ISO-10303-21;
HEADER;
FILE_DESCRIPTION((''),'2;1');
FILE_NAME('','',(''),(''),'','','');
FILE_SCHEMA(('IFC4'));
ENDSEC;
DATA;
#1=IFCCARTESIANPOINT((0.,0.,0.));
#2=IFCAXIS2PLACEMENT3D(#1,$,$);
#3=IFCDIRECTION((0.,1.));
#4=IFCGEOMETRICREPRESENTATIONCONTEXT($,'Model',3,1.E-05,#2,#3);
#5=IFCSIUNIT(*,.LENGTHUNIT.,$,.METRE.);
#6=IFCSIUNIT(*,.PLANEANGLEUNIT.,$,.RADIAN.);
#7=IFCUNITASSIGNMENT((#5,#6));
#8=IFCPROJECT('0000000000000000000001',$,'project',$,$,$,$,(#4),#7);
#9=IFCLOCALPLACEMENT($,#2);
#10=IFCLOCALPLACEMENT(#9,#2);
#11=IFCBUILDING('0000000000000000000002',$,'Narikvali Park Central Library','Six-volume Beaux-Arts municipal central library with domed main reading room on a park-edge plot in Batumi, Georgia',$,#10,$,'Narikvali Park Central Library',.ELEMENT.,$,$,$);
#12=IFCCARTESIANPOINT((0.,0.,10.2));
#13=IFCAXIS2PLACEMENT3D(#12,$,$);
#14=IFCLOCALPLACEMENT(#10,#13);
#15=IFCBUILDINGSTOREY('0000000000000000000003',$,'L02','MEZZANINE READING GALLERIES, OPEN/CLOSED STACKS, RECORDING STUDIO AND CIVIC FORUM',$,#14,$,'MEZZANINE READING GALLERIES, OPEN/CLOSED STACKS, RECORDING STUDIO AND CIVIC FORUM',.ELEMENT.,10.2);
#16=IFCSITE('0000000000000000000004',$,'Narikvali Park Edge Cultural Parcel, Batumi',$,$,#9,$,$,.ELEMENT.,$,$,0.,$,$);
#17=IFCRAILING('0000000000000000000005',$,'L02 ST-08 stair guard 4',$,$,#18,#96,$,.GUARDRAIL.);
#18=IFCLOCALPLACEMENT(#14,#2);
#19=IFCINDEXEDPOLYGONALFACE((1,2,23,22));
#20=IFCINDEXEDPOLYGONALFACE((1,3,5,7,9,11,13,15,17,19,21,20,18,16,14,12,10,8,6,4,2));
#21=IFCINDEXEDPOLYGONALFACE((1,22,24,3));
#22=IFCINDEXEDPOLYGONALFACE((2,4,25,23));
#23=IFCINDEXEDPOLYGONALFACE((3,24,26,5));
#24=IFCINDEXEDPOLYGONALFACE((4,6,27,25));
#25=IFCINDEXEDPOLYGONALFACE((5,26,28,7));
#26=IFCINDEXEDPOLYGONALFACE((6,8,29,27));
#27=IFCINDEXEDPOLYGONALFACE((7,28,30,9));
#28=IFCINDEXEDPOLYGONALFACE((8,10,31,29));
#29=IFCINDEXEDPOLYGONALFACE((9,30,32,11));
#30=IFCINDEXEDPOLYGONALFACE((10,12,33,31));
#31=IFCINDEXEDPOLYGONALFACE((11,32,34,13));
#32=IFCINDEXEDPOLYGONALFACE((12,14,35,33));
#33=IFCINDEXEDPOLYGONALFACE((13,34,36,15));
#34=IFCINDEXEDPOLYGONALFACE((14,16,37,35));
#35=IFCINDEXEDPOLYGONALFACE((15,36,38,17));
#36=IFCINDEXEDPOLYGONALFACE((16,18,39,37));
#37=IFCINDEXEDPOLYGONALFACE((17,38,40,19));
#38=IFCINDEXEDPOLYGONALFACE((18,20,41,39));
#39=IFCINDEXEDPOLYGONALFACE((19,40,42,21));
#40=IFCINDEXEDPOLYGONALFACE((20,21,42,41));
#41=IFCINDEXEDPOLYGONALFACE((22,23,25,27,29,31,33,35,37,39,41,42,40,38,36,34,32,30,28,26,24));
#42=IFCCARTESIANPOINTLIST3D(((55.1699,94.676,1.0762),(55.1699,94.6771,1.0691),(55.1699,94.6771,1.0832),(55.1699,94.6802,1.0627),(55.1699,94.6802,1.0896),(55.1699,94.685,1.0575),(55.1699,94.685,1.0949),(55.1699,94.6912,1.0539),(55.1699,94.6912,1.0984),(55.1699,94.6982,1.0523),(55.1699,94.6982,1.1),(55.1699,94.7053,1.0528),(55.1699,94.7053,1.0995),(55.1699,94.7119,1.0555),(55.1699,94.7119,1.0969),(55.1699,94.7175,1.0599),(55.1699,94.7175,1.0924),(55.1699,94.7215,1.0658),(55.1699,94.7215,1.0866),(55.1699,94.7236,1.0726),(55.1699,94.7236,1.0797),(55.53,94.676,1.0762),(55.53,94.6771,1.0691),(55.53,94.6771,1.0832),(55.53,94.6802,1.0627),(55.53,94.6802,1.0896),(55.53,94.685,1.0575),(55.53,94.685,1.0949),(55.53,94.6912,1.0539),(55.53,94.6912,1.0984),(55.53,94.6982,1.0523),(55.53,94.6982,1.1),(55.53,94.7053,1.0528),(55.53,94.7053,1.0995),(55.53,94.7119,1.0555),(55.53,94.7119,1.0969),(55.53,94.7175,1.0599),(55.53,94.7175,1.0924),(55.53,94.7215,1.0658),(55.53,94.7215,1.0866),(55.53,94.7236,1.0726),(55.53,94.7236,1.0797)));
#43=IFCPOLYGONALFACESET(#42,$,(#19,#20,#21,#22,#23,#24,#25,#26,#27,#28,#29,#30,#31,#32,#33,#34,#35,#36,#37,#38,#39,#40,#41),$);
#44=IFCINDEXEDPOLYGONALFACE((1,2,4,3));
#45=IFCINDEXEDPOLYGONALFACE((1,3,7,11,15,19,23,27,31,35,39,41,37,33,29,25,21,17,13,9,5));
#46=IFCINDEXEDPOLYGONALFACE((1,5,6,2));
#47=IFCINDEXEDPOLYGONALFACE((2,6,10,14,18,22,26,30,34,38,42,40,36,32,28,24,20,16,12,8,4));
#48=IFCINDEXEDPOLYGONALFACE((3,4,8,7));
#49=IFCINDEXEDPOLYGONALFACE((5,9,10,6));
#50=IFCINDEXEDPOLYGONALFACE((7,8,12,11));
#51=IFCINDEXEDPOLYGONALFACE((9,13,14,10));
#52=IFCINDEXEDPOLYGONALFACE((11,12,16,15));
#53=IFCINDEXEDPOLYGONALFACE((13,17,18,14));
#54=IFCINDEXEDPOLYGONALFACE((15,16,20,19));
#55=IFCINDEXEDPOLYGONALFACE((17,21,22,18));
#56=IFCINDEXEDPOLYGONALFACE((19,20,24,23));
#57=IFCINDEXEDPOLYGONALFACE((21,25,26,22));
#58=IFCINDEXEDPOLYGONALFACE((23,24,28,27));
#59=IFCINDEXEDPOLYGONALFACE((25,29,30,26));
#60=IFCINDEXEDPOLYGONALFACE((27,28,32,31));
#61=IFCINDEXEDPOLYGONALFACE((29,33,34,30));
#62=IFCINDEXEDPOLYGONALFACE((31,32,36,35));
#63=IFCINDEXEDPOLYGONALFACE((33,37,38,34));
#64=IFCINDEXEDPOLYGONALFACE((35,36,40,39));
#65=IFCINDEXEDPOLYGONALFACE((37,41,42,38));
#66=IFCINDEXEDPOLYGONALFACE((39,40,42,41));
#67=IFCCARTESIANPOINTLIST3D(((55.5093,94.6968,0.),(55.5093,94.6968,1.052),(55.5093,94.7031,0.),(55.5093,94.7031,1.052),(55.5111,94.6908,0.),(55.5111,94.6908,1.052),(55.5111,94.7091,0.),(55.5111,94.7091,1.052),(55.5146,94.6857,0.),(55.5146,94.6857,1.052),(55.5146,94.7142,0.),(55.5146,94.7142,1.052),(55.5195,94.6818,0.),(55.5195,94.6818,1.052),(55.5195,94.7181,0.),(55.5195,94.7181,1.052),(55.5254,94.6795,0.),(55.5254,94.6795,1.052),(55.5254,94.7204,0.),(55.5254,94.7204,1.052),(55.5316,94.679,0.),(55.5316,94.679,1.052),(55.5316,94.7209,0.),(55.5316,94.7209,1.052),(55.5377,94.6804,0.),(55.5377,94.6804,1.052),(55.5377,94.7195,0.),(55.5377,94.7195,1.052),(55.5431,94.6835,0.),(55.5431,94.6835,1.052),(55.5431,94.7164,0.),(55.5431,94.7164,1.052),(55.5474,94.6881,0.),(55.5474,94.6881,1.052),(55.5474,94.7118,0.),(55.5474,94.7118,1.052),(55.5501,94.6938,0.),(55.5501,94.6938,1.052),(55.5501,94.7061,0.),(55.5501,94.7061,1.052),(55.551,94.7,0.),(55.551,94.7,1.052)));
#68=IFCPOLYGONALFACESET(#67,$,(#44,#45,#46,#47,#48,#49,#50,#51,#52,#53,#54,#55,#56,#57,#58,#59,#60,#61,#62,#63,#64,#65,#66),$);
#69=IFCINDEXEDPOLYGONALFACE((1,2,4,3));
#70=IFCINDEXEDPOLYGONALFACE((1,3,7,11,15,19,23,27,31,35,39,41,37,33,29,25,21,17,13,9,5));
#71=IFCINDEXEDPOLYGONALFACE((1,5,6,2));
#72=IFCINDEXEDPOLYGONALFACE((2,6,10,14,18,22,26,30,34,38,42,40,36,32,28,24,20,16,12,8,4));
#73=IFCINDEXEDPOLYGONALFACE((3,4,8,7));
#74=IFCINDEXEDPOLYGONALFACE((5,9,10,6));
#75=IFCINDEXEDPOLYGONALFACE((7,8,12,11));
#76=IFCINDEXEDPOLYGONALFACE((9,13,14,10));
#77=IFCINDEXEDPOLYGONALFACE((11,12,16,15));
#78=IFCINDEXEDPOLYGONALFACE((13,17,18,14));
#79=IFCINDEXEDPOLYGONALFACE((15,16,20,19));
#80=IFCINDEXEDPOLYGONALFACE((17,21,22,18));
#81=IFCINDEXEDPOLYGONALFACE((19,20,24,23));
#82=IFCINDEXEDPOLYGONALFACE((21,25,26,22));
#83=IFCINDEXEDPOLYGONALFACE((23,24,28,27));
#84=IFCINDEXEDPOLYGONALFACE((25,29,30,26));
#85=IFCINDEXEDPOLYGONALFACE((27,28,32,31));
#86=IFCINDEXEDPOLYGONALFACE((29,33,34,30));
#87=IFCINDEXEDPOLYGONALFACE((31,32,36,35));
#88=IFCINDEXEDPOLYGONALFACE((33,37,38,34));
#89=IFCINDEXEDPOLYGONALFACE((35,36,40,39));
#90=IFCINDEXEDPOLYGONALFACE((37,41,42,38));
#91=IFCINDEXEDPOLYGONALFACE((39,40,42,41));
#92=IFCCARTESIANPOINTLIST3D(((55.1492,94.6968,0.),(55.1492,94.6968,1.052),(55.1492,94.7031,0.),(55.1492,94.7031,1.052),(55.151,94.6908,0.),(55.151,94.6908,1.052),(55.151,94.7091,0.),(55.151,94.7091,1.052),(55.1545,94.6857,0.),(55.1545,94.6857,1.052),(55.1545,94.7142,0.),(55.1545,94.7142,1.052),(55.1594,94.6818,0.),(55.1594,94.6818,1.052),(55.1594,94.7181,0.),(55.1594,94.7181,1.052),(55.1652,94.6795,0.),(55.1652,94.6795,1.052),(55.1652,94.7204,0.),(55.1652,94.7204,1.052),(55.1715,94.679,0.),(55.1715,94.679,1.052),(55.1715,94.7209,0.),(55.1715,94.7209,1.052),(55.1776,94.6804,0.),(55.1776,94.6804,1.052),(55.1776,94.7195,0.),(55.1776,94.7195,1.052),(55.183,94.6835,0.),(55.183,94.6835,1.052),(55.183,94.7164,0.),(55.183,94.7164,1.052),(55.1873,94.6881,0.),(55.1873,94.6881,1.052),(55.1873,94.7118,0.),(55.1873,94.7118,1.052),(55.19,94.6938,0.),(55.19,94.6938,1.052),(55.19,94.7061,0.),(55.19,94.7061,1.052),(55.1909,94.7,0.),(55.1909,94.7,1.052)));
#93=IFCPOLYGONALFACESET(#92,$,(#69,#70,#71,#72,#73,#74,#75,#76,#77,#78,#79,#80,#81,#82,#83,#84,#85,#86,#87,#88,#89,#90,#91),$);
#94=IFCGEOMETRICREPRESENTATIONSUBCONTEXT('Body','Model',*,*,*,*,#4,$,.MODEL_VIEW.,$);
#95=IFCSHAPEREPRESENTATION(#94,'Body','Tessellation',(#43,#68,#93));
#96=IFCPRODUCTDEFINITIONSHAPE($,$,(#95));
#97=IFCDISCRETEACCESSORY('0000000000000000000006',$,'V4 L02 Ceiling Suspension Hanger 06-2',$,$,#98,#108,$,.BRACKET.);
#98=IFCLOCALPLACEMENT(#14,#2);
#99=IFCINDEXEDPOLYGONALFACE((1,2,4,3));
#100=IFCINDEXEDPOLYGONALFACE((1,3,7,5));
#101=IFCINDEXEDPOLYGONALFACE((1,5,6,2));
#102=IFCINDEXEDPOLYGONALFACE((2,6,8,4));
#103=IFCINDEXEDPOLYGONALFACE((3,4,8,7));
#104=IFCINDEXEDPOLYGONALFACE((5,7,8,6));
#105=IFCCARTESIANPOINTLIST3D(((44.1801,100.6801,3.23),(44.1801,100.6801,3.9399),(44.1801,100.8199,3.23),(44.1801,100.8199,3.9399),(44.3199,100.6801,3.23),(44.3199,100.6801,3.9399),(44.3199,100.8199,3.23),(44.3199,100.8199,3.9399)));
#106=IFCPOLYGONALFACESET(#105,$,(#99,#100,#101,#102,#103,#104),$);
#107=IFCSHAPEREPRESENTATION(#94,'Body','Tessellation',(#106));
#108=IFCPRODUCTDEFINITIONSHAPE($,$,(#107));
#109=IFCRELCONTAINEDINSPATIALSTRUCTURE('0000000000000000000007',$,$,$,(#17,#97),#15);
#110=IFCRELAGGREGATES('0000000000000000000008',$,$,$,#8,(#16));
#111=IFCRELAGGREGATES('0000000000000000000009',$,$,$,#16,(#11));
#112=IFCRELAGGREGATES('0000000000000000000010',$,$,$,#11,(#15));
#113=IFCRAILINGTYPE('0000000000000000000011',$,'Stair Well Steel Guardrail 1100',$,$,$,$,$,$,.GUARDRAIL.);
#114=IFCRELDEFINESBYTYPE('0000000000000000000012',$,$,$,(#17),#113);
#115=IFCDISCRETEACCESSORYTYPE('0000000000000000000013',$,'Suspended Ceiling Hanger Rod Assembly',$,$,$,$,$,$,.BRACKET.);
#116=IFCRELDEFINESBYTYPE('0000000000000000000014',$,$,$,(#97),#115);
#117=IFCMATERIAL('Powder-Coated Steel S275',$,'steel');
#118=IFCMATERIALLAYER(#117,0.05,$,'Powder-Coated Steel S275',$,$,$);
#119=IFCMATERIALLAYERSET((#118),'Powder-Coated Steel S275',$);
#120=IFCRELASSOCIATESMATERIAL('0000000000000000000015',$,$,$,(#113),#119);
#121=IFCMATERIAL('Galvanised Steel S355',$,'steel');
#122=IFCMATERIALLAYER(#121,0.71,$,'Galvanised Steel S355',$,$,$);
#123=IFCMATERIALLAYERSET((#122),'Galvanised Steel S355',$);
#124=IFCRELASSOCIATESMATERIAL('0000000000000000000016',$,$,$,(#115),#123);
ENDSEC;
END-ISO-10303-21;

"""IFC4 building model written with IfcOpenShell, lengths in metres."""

from ifc_helpers import new_model, si_unit, direction, frame, origin, origin_2d, place, context, subcontext, project, spatial, rectangle, circle, extrude, material, layer, layer_set, type_object, element, save


model = new_model("IFC4")

# Units and contexts
model_context = context("Model", 3, precision=1e-05, world=origin(), true_north=direction((0.0, 1.0)))
body_context = subcontext(model_context, "Body", "Model", "MODEL_VIEW")
ifc_project = project(units=[si_unit("LENGTHUNIT", "METRE"), si_unit("PLANEANGLEUNIT", "RADIAN")], contexts=[model_context])

# Site, building, storey
site_placement = place(None, origin())
site = spatial("IfcSite", under=ifc_project, at=site_placement, Name="Narikvali Park Edge Cultural Parcel, Batumi", CompositionType="ELEMENT", RefElevation=0.0)
building_placement = place(site_placement, origin())
building = spatial("IfcBuilding", under=site, at=building_placement, Name="Narikvali Park Central Library", Description="Six-volume Beaux-Arts municipal central library with domed main reading room on a park-edge plot in Batumi, Georgia", LongName="Narikvali Park Central Library", CompositionType="ELEMENT")
storey_placement = place(building_placement, frame((0.0, 0.0, 10.2)))
storey = spatial("IfcBuildingStorey", under=building, at=storey_placement, Name="L02", Description="MEZZANINE READING GALLERIES, OPEN/CLOSED STACKS, RECORDING STUDIO AND CIVIC FORUM", LongName="MEZZANINE READING GALLERIES, OPEN/CLOSED STACKS, RECORDING STUDIO AND CIVIC FORUM", CompositionType="ELEMENT", Elevation=10.2)

# Railing
ifc_material_1 = material(Name="Powder-Coated Steel S275", Category="steel")
ifc_layer_1 = layer(ifc_material_1, 0.05, Name="Powder-Coated Steel S275")
ifc_layer_set_1 = layer_set([ifc_layer_1], Name="Powder-Coated Steel S275")
railing_type_1 = type_object("IfcRailingType", Name="Stair Well Steel Guardrail 1100", PredefinedType="GUARDRAIL", material=ifc_layer_set_1)
railing_1_placement = place(storey_placement, frame((55.53, 94.7, 0.0)))
element("IfcRailing", 1, at=railing_1_placement, inside=storey, type_object=railing_type_1, Name="L02 ST-08 stair guard 4", PredefinedType="GUARDRAIL", context=body_context, shape_type="SweptSolid", body=[
    extrude(circle(Radius=0.0239, at=origin_2d()), frame((0.0, 0.0, 1.0762), z_axis=(-1.0, 0.0, 0.0), x_axis=(0.0, -1.0, 0.0)), (0.0, 0.0, 1.0), 0.3601),
    extrude(circle(Radius=0.021, at=origin_2d()), origin(), (0.0, 0.0, 1.0), 1.052),
    extrude(circle(Radius=0.021, at=origin_2d()), frame((-0.3601, 0.0, 0.0)), (0.0, 0.0, 1.0), 1.052),
])

# Discrete accessory
ifc_material_2 = material(Name="Galvanised Steel S355", Category="steel")
ifc_layer_2 = layer(ifc_material_2, 0.71, Name="Galvanised Steel S355")
ifc_layer_set_2 = layer_set([ifc_layer_2], Name="Galvanised Steel S355")
discrete_accessory_type = type_object("IfcDiscreteAccessoryType", Name="Suspended Ceiling Hanger Rod Assembly", PredefinedType="BRACKET", material=ifc_layer_set_2)
discrete_accessory_placement = place(storey_placement, frame((44.25, 100.75, 3.23), z_axis=(0.0, 0.0, 1.0), x_axis=(1.0, 0.0, 0.0)))
element("IfcDiscreteAccessory", 2, at=discrete_accessory_placement, inside=storey, type_object=discrete_accessory_type, Name="V4 L02 Ceiling Suspension Hanger 06-2", PredefinedType="BRACKET", context=body_context, shape_type="SweptSolid", body=[
    extrude(rectangle(XDim=0.1399, YDim=0.1399, at=origin_2d()), origin(), (0.0, 0.0, 1.0), 0.71),
])

save(model, "model.ifc")
